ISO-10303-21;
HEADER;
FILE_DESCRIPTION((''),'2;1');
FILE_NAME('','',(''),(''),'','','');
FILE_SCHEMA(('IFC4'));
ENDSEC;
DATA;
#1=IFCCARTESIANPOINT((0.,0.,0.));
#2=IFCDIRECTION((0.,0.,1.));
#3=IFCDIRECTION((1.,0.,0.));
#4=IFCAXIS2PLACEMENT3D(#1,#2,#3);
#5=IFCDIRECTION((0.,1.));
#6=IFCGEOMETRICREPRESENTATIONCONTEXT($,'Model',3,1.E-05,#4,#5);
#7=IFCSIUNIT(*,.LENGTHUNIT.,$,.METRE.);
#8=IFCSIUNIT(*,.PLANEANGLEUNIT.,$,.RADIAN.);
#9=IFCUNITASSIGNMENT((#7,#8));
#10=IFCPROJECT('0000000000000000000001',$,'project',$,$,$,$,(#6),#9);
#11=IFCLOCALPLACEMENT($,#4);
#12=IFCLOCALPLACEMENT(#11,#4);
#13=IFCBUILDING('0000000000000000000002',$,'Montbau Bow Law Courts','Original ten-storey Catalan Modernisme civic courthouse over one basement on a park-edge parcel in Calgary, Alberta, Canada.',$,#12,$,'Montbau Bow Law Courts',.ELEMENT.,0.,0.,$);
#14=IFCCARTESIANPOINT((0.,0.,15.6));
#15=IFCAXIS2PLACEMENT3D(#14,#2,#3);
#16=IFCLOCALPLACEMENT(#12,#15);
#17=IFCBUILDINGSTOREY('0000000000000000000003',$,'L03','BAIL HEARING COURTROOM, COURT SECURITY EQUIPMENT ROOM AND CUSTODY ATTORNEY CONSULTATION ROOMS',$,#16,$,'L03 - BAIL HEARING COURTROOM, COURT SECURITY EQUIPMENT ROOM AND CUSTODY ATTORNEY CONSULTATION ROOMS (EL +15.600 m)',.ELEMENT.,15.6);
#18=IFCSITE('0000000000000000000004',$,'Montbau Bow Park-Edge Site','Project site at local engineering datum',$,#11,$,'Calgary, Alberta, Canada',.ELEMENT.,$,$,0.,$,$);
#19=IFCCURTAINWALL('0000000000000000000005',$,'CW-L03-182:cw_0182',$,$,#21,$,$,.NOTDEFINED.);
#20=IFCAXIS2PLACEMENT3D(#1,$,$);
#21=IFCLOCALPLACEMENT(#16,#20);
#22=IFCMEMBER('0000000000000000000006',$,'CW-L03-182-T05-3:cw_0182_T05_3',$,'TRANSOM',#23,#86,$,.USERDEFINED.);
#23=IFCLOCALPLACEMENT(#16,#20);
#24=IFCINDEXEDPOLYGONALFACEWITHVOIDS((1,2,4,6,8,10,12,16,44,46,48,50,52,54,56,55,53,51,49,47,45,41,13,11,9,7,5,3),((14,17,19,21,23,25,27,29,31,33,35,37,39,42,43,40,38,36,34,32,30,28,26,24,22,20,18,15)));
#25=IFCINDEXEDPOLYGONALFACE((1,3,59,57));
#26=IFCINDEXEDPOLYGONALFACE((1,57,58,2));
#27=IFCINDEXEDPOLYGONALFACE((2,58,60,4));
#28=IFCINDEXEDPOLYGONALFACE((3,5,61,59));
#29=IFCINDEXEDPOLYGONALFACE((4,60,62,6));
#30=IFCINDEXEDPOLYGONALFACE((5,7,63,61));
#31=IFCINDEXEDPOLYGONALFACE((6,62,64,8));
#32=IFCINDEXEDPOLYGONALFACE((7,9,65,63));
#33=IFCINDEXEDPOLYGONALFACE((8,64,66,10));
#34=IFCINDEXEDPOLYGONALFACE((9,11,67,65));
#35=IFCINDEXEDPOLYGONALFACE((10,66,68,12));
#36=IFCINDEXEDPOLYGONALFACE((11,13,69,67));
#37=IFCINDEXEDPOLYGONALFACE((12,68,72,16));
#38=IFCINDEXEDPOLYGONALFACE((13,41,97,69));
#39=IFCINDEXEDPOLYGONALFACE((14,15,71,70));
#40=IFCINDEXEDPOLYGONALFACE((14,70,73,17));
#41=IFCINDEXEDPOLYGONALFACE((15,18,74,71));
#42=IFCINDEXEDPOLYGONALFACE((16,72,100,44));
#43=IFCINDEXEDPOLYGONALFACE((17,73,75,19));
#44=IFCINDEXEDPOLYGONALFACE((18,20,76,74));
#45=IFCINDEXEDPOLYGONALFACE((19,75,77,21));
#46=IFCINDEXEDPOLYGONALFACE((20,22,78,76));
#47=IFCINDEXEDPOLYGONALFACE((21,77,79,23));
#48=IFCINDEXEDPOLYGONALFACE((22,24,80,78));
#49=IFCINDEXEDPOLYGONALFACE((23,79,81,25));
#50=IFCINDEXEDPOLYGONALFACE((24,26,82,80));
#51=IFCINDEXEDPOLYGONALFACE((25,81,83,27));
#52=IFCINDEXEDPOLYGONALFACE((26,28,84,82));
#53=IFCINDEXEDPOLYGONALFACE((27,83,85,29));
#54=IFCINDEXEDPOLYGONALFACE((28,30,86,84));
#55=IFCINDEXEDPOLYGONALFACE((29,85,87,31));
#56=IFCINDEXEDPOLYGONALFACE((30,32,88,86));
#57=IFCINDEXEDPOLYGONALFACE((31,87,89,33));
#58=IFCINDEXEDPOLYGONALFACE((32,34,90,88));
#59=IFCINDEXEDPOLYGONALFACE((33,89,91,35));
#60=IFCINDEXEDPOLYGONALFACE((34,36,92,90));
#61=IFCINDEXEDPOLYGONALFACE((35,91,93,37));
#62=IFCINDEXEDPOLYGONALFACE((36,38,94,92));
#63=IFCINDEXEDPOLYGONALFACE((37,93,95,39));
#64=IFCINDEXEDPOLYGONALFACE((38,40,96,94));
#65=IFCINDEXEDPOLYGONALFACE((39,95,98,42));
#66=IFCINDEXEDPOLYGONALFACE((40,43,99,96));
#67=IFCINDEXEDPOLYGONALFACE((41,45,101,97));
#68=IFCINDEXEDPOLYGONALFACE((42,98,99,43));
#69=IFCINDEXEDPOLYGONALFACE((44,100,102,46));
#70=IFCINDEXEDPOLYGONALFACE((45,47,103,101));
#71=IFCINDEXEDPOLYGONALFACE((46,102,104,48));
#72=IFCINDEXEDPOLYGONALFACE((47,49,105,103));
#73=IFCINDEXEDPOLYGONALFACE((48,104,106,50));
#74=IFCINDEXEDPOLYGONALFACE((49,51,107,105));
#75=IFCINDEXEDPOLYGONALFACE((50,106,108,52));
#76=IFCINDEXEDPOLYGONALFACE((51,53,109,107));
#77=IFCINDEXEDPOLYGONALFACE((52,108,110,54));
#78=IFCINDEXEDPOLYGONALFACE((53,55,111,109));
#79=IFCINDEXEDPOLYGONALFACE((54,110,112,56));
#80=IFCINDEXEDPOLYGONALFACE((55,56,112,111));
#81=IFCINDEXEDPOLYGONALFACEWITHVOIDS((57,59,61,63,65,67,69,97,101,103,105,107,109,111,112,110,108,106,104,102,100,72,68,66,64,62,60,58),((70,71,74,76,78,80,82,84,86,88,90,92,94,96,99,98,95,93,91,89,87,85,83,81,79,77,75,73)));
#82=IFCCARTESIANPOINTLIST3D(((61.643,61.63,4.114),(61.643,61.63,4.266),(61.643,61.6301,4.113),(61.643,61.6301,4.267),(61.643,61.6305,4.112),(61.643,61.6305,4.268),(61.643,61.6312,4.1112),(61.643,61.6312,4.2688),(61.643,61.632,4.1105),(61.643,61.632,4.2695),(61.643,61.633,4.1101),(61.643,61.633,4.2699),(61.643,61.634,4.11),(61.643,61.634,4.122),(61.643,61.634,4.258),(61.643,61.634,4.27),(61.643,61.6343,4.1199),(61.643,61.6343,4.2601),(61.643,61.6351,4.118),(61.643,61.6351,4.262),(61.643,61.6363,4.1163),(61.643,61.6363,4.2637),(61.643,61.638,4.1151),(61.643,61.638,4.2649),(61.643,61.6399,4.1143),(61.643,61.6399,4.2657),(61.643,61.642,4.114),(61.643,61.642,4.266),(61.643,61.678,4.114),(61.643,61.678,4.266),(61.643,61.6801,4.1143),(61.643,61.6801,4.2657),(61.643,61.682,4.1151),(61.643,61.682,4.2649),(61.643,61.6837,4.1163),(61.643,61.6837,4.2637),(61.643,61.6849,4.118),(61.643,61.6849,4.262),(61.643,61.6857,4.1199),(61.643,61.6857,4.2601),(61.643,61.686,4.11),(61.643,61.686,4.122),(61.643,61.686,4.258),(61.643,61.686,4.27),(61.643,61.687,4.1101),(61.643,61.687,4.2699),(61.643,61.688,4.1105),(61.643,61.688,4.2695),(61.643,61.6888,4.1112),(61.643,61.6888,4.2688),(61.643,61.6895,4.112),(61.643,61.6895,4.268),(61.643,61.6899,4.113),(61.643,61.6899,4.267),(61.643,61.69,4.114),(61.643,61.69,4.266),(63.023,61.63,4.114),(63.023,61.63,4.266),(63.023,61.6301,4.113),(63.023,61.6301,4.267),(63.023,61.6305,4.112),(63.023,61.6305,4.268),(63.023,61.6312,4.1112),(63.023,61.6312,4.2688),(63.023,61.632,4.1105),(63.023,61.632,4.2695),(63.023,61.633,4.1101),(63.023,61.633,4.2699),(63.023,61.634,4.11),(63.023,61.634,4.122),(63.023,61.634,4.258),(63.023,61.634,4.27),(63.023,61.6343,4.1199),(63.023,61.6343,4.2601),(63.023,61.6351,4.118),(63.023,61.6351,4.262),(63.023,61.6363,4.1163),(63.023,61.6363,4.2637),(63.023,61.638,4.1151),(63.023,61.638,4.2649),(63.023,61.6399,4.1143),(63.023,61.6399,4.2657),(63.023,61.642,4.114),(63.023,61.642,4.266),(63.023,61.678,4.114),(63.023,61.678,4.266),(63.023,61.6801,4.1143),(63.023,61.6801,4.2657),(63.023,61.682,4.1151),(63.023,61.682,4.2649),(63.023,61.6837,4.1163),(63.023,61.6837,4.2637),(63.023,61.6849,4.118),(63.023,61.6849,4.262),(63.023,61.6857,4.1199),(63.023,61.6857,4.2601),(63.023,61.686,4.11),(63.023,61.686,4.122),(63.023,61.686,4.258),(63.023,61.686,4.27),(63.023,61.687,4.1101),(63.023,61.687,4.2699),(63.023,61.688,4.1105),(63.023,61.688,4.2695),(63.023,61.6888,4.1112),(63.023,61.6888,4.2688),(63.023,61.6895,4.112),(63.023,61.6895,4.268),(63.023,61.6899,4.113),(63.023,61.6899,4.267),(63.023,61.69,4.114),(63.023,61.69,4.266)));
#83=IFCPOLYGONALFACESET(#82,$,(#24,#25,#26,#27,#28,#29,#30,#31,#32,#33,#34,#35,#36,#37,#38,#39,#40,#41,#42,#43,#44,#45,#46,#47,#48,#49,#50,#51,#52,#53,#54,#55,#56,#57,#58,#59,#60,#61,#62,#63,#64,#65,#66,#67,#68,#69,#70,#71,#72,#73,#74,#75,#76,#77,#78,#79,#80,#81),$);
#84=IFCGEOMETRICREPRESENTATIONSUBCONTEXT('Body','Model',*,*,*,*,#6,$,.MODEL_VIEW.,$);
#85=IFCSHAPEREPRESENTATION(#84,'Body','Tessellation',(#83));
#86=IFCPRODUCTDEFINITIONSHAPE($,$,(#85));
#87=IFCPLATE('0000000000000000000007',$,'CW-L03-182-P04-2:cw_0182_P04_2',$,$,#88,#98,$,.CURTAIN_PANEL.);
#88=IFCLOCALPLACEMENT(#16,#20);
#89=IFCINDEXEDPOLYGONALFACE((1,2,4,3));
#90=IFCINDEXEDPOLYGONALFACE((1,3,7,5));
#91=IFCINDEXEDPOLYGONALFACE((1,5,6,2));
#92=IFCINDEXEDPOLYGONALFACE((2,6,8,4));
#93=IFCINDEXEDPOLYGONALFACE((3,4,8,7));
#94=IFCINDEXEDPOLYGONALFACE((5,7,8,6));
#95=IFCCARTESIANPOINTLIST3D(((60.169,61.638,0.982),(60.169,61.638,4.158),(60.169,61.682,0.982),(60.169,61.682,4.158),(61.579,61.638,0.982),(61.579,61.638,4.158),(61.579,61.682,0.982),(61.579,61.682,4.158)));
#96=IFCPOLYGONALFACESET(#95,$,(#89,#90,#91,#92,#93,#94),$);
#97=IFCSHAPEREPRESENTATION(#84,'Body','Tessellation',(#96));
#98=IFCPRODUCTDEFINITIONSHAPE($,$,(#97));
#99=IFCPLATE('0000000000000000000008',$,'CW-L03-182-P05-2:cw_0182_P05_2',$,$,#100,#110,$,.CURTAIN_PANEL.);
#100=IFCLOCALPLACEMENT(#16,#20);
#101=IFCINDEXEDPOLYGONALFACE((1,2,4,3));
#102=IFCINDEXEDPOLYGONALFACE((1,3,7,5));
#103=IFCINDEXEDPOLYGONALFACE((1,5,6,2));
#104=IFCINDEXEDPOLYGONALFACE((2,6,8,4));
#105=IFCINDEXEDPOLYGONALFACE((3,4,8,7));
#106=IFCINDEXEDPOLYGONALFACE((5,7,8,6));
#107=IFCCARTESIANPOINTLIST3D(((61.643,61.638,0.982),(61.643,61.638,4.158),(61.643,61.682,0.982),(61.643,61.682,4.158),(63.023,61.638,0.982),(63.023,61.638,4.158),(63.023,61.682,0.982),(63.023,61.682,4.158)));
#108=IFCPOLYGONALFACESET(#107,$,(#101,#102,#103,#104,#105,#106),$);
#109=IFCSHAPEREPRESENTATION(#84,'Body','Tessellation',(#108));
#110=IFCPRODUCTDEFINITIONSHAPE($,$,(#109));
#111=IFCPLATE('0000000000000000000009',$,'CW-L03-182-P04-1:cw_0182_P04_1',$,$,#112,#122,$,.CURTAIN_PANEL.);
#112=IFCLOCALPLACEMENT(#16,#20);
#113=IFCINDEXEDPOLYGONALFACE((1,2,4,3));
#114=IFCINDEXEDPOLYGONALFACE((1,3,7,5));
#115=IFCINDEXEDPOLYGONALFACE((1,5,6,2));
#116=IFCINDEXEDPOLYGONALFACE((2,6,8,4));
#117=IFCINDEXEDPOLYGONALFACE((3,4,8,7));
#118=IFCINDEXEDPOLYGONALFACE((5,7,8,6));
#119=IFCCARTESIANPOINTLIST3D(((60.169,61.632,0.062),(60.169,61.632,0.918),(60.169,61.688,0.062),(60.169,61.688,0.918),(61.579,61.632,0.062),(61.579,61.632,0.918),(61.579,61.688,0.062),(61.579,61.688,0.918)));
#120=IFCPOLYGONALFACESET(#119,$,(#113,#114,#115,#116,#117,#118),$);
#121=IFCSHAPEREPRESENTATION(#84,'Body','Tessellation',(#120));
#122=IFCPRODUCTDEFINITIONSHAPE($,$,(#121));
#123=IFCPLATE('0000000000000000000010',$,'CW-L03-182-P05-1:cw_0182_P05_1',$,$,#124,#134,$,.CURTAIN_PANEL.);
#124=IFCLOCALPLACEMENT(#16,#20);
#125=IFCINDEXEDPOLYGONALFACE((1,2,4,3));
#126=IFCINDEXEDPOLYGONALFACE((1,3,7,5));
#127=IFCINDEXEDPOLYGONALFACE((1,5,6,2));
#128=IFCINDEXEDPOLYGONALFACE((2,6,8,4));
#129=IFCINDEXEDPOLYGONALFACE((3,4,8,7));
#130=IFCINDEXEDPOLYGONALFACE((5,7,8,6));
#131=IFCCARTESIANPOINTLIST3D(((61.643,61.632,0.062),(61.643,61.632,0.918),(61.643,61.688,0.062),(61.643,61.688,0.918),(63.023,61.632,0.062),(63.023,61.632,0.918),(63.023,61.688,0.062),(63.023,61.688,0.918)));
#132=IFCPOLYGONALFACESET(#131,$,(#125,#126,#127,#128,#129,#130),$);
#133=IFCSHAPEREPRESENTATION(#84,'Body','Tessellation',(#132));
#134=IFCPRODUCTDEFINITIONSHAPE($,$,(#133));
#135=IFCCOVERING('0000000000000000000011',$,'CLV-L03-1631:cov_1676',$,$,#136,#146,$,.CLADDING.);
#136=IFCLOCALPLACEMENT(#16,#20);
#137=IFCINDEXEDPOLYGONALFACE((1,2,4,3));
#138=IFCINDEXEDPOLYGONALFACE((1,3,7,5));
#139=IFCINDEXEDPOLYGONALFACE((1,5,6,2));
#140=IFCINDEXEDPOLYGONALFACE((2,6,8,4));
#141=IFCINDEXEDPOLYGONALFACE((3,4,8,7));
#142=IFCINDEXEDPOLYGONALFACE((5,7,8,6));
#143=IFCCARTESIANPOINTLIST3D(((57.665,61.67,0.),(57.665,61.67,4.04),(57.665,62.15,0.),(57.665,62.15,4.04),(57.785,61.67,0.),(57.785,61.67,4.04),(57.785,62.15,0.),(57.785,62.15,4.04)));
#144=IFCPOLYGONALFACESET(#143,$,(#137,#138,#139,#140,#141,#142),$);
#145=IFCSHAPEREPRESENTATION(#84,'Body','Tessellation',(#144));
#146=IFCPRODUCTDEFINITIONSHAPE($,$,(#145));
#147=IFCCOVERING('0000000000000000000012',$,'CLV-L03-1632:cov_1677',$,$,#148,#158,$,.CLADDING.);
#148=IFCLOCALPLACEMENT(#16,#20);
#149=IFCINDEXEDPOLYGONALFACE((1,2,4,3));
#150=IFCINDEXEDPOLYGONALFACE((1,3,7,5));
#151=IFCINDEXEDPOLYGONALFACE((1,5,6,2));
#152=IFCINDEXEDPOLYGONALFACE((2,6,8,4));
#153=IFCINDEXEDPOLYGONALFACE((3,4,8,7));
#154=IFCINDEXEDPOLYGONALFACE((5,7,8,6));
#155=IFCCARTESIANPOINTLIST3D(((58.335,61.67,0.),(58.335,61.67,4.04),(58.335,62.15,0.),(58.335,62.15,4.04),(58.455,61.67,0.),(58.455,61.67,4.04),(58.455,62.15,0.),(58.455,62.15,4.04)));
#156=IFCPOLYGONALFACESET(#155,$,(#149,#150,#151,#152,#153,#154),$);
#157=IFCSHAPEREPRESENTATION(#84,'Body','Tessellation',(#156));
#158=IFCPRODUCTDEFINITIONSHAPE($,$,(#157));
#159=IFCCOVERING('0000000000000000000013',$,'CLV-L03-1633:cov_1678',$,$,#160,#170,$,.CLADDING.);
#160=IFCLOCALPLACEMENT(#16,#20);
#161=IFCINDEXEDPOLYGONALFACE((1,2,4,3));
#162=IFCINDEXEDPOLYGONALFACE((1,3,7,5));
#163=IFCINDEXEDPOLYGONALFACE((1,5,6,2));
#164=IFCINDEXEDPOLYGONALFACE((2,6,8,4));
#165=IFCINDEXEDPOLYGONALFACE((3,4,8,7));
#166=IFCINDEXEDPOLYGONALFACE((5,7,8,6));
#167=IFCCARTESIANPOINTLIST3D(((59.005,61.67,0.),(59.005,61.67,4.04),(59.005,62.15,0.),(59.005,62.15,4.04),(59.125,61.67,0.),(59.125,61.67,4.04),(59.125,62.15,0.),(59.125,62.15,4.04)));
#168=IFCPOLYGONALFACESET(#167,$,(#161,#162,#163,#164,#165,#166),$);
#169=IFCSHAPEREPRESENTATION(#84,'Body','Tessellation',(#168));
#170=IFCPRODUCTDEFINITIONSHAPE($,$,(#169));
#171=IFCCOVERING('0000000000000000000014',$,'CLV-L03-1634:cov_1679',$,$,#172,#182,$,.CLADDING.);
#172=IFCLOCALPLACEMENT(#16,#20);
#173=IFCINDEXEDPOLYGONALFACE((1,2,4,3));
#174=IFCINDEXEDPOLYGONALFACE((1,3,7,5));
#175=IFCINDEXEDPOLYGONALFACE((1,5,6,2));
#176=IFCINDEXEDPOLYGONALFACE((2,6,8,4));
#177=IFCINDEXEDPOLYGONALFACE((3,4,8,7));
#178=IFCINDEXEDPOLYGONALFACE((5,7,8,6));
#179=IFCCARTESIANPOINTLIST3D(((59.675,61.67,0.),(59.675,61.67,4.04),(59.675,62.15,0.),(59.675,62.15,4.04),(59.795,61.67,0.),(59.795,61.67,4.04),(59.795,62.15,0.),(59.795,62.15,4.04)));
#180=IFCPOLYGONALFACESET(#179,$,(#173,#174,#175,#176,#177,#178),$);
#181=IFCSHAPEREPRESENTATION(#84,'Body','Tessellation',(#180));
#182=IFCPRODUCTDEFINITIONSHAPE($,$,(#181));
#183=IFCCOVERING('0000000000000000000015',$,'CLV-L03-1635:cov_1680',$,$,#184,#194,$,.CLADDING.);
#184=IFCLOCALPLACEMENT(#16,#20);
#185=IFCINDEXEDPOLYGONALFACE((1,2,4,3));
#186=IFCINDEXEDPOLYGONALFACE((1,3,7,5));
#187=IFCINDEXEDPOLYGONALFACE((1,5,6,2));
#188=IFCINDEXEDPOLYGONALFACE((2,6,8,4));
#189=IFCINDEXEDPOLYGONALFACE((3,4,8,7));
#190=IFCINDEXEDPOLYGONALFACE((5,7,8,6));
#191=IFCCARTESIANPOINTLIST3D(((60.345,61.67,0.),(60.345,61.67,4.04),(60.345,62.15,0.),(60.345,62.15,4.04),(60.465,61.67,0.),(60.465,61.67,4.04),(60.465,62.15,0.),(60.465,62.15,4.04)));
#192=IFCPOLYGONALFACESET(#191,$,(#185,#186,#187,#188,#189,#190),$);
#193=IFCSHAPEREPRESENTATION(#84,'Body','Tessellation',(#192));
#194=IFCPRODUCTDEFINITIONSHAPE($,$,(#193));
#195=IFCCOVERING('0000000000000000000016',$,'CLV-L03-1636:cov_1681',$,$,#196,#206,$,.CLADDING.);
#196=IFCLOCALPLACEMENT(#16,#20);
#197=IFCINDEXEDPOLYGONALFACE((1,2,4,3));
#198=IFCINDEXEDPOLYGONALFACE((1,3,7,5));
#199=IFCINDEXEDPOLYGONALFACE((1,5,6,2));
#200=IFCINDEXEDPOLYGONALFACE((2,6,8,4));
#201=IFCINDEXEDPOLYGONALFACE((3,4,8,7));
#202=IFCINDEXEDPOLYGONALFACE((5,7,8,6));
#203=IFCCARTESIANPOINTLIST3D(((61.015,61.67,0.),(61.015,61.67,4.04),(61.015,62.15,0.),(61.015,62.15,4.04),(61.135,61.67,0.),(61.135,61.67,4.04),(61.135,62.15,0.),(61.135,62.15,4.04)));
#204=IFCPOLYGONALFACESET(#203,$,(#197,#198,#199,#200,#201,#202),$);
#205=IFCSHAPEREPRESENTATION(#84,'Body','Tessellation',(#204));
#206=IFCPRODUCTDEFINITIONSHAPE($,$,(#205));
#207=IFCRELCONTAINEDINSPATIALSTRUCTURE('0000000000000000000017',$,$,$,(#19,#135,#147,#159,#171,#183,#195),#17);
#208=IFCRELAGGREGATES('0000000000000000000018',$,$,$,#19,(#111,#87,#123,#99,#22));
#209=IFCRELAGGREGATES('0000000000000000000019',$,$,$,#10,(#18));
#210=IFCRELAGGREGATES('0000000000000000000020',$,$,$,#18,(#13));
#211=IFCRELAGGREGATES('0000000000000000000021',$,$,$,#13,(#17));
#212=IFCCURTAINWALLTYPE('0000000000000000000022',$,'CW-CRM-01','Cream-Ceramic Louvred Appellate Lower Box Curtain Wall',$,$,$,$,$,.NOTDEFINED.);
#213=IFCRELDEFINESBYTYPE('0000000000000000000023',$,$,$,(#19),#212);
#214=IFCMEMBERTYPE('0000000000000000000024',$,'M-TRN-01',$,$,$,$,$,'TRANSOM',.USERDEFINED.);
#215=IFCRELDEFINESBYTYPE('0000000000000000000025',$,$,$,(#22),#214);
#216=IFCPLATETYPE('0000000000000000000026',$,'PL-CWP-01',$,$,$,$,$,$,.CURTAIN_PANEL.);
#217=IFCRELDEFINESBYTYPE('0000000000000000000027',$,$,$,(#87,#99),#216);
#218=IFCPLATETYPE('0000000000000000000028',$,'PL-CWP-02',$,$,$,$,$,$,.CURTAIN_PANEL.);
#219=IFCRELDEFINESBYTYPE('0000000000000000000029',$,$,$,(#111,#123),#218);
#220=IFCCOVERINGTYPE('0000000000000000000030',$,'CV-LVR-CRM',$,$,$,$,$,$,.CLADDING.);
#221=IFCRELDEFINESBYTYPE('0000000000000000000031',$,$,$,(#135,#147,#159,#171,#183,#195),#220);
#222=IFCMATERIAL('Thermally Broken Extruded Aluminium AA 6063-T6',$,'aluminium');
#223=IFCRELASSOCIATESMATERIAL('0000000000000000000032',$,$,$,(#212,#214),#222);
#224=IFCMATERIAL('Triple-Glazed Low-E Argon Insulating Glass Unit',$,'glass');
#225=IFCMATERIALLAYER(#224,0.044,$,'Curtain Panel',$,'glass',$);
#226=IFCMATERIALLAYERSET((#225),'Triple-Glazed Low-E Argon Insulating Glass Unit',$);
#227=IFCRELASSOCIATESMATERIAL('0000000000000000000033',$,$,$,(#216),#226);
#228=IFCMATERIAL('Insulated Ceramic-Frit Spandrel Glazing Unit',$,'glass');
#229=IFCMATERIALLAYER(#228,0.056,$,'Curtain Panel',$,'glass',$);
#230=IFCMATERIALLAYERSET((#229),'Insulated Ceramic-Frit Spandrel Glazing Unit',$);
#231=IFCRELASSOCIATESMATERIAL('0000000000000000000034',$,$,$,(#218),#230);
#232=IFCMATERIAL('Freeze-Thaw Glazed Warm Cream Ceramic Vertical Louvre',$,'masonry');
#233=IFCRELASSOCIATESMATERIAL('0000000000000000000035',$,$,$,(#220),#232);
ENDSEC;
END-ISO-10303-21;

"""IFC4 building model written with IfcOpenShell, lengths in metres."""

from ifc_helpers import new_model, si_unit, direction, frame, frame_2d, origin_with_axes, origin_2d_with_axis, place, context, subcontext, project, spatial, rectangle, hollow_rectangle, extrude, material, layer, layer_set, material_profile, profile_set, type_object, element, aggregate, save


model = new_model("IFC4")

# Units and contexts
model_context = context("Model", 3, precision=1e-05, world=origin_with_axes(), true_north=direction((0.0, 1.0)))
body_context = subcontext(model_context, "Body", "Model", "MODEL_VIEW")
ifc_project = project(units=[si_unit("LENGTHUNIT", "METRE"), si_unit("PLANEANGLEUNIT", "RADIAN")], contexts=[model_context])

# Site, building, storey
site_placement = place(None, origin_with_axes())
site = spatial("IfcSite", under=ifc_project, at=site_placement, Name="Montbau Bow Park-Edge Site", Description="Project site at local engineering datum", LongName="Calgary, Alberta, Canada", CompositionType="ELEMENT", RefElevation=0.0)
building_placement = place(site_placement, origin_with_axes())
building = spatial("IfcBuilding", under=site, at=building_placement, Name="Montbau Bow Law Courts", Description="Original ten-storey Catalan Modernisme civic courthouse over one basement on a park-edge parcel in Calgary, Alberta, Canada.", LongName="Montbau Bow Law Courts", CompositionType="ELEMENT", ElevationOfRefHeight=0.0, ElevationOfTerrain=0.0)
storey_placement = place(building_placement, frame((0.0, 0.0, 15.6), z_axis=(0.0, 0.0, 1.0), x_axis=(1.0, 0.0, 0.0)))
storey = spatial("IfcBuildingStorey", under=building, at=storey_placement, Name="L03", Description="BAIL HEARING COURTROOM, COURT SECURITY EQUIPMENT ROOM AND CUSTODY ATTORNEY CONSULTATION ROOMS", LongName="L03 - BAIL HEARING COURTROOM, COURT SECURITY EQUIPMENT ROOM AND CUSTODY ATTORNEY CONSULTATION ROOMS (EL +15.600 m)", CompositionType="ELEMENT", Elevation=15.6)

# Curtain wall, member, plates
ifc_material_1 = material(Name="Thermally Broken Extruded Aluminium AA 6063-T6", Category="aluminium")
curtain_wall_type = type_object("IfcCurtainWallType", Name="CW-CRM-01", Description="Cream-Ceramic Louvred Appellate Lower Box Curtain Wall", PredefinedType="NOTDEFINED", material=ifc_material_1)
curtain_wall_placement = place(None, frame((55.715, 61.66, 15.6), z_axis=(0.0, 0.0, 1.0), x_axis=(1.0, 0.0, 0.0)))
curtain_wall = element("IfcCurtainWall", 1, at=curtain_wall_placement, inside=storey, type_object=curtain_wall_type, Name="CW-L03-182:cw_0182", PredefinedType="NOTDEFINED")
ifc_material_profile_1 = material_profile(ifc_material_1, hollow_rectangle(XDim=0.06, YDim=0.16, WallThickness=0.004, InnerFilletRadius=0.008, OuterFilletRadius=0.004, at=origin_2d_with_axis()), Name="CWT-160X60", Category="Main", Priority=0)
ifc_profile_set_1 = profile_set([ifc_material_profile_1], Name="Thermally Broken Extruded Aluminium AA 6063-T6")
member_type_1 = type_object("IfcMemberType", Name="M-TRN-01", ElementType="TRANSOM", PredefinedType="USERDEFINED", material=ifc_profile_set_1)
member_1_placement = place(None, frame((61.643, 61.66, 19.79), z_axis=(1.0, 0.0, 0.0), x_axis=(0.0, 1.0, 0.0)))
member_1 = element("IfcMember", 2, at=member_1_placement, type_object=member_type_1, Name="CW-L03-182-T05-3:cw_0182_T05_3", ObjectType="TRANSOM", PredefinedType="USERDEFINED", context=body_context, shape_type="SweptSolid", body=[
    extrude(hollow_rectangle(XDim=0.06, YDim=0.16, WallThickness=0.004, InnerFilletRadius=0.008, OuterFilletRadius=0.004, at=origin_2d_with_axis()), origin_with_axes(), (0.0, 0.0, 1.0), 1.38),
])
ifc_material_2 = material(Name="Triple-Glazed Low-E Argon Insulating Glass Unit", Category="glass")
ifc_layer_1 = layer(ifc_material_2, 0.044, Name="Curtain Panel", Category="glass")
ifc_layer_set_1 = layer_set([ifc_layer_1], Name="Triple-Glazed Low-E Argon Insulating Glass Unit")
plate_type_1 = type_object("IfcPlateType", Name="PL-CWP-01", PredefinedType="CURTAIN_PANEL", material=ifc_layer_set_1)
plate_1_placement = place(None, frame((60.169, 61.66, 16.582), z_axis=(0.0, -1.0, 0.0), x_axis=(1.0, 0.0, 0.0)))
plate_1 = element("IfcPlate", 3, at=plate_1_placement, type_object=plate_type_1, Name="CW-L03-182-P04-2:cw_0182_P04_2", PredefinedType="CURTAIN_PANEL", context=body_context, shape_type="SweptSolid", body=[
    extrude(rectangle(XDim=1.41, YDim=3.176, at=frame_2d((0.705, 1.588), x_axis=(1.0, 0.0))), frame((0.0, 0.0, -0.022), z_axis=(0.0, 0.0, 1.0), x_axis=(1.0, 0.0, 0.0)), (0.0, 0.0, 1.0), 0.044),
])
plate_2_placement = place(None, frame((61.643, 61.66, 16.582), z_axis=(0.0, -1.0, 0.0), x_axis=(1.0, 0.0, 0.0)))
plate_2 = element("IfcPlate", 4, at=plate_2_placement, type_object=plate_type_1, Name="CW-L03-182-P05-2:cw_0182_P05_2", PredefinedType="CURTAIN_PANEL", context=body_context, shape_type="SweptSolid", body=[
    extrude(rectangle(XDim=1.38, YDim=3.176, at=frame_2d((0.69, 1.588), x_axis=(1.0, 0.0))), frame((0.0, 0.0, -0.022), z_axis=(0.0, 0.0, 1.0), x_axis=(1.0, 0.0, 0.0)), (0.0, 0.0, 1.0), 0.044),
])
ifc_material_3 = material(Name="Insulated Ceramic-Frit Spandrel Glazing Unit", Category="glass")
ifc_layer_2 = layer(ifc_material_3, 0.056, Name="Curtain Panel", Category="glass")
ifc_layer_set_2 = layer_set([ifc_layer_2], Name="Insulated Ceramic-Frit Spandrel Glazing Unit")
plate_type_2 = type_object("IfcPlateType", Name="PL-CWP-02", PredefinedType="CURTAIN_PANEL", material=ifc_layer_set_2)
plate_3_placement = place(None, frame((60.169, 61.66, 15.662), z_axis=(0.0, -1.0, 0.0), x_axis=(1.0, 0.0, 0.0)))
plate_3 = element("IfcPlate", 5, at=plate_3_placement, type_object=plate_type_2, Name="CW-L03-182-P04-1:cw_0182_P04_1", PredefinedType="CURTAIN_PANEL", context=body_context, shape_type="SweptSolid", body=[
    extrude(rectangle(XDim=1.41, YDim=0.856, at=frame_2d((0.705, 0.428), x_axis=(1.0, 0.0))), frame((0.0, 0.0, -0.028), z_axis=(0.0, 0.0, 1.0), x_axis=(1.0, 0.0, 0.0)), (0.0, 0.0, 1.0), 0.056),
])
plate_4_placement = place(None, frame((61.643, 61.66, 15.662), z_axis=(0.0, -1.0, 0.0), x_axis=(1.0, 0.0, 0.0)))
plate_4 = element("IfcPlate", 6, at=plate_4_placement, type_object=plate_type_2, Name="CW-L03-182-P05-1:cw_0182_P05_1", PredefinedType="CURTAIN_PANEL", context=body_context, shape_type="SweptSolid", body=[
    extrude(rectangle(XDim=1.38, YDim=0.856, at=frame_2d((0.69, 0.428), x_axis=(1.0, 0.0))), frame((0.0, 0.0, -0.028), z_axis=(0.0, 0.0, 1.0), x_axis=(1.0, 0.0, 0.0)), (0.0, 0.0, 1.0), 0.056),
])
aggregate(curtain_wall, [plate_3, plate_1, plate_4, plate_2, member_1])

# Coverings
ifc_material_4 = material(Name="Freeze-Thaw Glazed Warm Cream Ceramic Vertical Louvre", Category="masonry")
covering_type = type_object("IfcCoveringType", Name="CV-LVR-CRM", PredefinedType="CLADDING", material=ifc_material_4)
for number, where, z_axis, x_axis, name in (
    (7, (57.725, 61.67, 15.6), (1.0, 0.0, 0.0), (0.0, 1.0, 0.0), "CLV-L03-1631:cov_1676"),
    (8, (58.395, 61.67, 15.6), (1.0, 0.0, 0.0), (0.0, 1.0, 0.0), "CLV-L03-1632:cov_1677"),
    (9, (59.065, 61.67, 15.6), (1.0, 0.0, 0.0), (0.0, 1.0, 0.0), "CLV-L03-1633:cov_1678"),
    (10, (59.735, 61.67, 15.6), (1.0, 0.0, 0.0), (0.0, 1.0, 0.0), "CLV-L03-1634:cov_1679"),
    (11, (60.405, 61.67, 15.6), (1.0, 0.0, 0.0), (0.0, 1.0, 0.0), "CLV-L03-1635:cov_1680"),
    (12, (61.075, 61.67, 15.6), (1.0, 0.0, 0.0), (0.0, 1.0, 0.0), "CLV-L03-1636:cov_1681"),
):
    element("IfcCovering", number, at=place(None, frame(where, z_axis=z_axis, x_axis=x_axis)), inside=storey, type_object=covering_type, Name=name, PredefinedType="CLADDING", context=body_context, shape_type="SweptSolid", body=[
        extrude(rectangle(XDim=0.48, YDim=4.04, at=frame_2d((0.24, 2.02), x_axis=(1.0, 0.0))), frame((0.0, 0.0, -0.06), z_axis=(0.0, 0.0, 1.0), x_axis=(1.0, 0.0, 0.0)), (0.0, 0.0, 1.0), 0.12),
    ])

save(model, "model.ifc")
